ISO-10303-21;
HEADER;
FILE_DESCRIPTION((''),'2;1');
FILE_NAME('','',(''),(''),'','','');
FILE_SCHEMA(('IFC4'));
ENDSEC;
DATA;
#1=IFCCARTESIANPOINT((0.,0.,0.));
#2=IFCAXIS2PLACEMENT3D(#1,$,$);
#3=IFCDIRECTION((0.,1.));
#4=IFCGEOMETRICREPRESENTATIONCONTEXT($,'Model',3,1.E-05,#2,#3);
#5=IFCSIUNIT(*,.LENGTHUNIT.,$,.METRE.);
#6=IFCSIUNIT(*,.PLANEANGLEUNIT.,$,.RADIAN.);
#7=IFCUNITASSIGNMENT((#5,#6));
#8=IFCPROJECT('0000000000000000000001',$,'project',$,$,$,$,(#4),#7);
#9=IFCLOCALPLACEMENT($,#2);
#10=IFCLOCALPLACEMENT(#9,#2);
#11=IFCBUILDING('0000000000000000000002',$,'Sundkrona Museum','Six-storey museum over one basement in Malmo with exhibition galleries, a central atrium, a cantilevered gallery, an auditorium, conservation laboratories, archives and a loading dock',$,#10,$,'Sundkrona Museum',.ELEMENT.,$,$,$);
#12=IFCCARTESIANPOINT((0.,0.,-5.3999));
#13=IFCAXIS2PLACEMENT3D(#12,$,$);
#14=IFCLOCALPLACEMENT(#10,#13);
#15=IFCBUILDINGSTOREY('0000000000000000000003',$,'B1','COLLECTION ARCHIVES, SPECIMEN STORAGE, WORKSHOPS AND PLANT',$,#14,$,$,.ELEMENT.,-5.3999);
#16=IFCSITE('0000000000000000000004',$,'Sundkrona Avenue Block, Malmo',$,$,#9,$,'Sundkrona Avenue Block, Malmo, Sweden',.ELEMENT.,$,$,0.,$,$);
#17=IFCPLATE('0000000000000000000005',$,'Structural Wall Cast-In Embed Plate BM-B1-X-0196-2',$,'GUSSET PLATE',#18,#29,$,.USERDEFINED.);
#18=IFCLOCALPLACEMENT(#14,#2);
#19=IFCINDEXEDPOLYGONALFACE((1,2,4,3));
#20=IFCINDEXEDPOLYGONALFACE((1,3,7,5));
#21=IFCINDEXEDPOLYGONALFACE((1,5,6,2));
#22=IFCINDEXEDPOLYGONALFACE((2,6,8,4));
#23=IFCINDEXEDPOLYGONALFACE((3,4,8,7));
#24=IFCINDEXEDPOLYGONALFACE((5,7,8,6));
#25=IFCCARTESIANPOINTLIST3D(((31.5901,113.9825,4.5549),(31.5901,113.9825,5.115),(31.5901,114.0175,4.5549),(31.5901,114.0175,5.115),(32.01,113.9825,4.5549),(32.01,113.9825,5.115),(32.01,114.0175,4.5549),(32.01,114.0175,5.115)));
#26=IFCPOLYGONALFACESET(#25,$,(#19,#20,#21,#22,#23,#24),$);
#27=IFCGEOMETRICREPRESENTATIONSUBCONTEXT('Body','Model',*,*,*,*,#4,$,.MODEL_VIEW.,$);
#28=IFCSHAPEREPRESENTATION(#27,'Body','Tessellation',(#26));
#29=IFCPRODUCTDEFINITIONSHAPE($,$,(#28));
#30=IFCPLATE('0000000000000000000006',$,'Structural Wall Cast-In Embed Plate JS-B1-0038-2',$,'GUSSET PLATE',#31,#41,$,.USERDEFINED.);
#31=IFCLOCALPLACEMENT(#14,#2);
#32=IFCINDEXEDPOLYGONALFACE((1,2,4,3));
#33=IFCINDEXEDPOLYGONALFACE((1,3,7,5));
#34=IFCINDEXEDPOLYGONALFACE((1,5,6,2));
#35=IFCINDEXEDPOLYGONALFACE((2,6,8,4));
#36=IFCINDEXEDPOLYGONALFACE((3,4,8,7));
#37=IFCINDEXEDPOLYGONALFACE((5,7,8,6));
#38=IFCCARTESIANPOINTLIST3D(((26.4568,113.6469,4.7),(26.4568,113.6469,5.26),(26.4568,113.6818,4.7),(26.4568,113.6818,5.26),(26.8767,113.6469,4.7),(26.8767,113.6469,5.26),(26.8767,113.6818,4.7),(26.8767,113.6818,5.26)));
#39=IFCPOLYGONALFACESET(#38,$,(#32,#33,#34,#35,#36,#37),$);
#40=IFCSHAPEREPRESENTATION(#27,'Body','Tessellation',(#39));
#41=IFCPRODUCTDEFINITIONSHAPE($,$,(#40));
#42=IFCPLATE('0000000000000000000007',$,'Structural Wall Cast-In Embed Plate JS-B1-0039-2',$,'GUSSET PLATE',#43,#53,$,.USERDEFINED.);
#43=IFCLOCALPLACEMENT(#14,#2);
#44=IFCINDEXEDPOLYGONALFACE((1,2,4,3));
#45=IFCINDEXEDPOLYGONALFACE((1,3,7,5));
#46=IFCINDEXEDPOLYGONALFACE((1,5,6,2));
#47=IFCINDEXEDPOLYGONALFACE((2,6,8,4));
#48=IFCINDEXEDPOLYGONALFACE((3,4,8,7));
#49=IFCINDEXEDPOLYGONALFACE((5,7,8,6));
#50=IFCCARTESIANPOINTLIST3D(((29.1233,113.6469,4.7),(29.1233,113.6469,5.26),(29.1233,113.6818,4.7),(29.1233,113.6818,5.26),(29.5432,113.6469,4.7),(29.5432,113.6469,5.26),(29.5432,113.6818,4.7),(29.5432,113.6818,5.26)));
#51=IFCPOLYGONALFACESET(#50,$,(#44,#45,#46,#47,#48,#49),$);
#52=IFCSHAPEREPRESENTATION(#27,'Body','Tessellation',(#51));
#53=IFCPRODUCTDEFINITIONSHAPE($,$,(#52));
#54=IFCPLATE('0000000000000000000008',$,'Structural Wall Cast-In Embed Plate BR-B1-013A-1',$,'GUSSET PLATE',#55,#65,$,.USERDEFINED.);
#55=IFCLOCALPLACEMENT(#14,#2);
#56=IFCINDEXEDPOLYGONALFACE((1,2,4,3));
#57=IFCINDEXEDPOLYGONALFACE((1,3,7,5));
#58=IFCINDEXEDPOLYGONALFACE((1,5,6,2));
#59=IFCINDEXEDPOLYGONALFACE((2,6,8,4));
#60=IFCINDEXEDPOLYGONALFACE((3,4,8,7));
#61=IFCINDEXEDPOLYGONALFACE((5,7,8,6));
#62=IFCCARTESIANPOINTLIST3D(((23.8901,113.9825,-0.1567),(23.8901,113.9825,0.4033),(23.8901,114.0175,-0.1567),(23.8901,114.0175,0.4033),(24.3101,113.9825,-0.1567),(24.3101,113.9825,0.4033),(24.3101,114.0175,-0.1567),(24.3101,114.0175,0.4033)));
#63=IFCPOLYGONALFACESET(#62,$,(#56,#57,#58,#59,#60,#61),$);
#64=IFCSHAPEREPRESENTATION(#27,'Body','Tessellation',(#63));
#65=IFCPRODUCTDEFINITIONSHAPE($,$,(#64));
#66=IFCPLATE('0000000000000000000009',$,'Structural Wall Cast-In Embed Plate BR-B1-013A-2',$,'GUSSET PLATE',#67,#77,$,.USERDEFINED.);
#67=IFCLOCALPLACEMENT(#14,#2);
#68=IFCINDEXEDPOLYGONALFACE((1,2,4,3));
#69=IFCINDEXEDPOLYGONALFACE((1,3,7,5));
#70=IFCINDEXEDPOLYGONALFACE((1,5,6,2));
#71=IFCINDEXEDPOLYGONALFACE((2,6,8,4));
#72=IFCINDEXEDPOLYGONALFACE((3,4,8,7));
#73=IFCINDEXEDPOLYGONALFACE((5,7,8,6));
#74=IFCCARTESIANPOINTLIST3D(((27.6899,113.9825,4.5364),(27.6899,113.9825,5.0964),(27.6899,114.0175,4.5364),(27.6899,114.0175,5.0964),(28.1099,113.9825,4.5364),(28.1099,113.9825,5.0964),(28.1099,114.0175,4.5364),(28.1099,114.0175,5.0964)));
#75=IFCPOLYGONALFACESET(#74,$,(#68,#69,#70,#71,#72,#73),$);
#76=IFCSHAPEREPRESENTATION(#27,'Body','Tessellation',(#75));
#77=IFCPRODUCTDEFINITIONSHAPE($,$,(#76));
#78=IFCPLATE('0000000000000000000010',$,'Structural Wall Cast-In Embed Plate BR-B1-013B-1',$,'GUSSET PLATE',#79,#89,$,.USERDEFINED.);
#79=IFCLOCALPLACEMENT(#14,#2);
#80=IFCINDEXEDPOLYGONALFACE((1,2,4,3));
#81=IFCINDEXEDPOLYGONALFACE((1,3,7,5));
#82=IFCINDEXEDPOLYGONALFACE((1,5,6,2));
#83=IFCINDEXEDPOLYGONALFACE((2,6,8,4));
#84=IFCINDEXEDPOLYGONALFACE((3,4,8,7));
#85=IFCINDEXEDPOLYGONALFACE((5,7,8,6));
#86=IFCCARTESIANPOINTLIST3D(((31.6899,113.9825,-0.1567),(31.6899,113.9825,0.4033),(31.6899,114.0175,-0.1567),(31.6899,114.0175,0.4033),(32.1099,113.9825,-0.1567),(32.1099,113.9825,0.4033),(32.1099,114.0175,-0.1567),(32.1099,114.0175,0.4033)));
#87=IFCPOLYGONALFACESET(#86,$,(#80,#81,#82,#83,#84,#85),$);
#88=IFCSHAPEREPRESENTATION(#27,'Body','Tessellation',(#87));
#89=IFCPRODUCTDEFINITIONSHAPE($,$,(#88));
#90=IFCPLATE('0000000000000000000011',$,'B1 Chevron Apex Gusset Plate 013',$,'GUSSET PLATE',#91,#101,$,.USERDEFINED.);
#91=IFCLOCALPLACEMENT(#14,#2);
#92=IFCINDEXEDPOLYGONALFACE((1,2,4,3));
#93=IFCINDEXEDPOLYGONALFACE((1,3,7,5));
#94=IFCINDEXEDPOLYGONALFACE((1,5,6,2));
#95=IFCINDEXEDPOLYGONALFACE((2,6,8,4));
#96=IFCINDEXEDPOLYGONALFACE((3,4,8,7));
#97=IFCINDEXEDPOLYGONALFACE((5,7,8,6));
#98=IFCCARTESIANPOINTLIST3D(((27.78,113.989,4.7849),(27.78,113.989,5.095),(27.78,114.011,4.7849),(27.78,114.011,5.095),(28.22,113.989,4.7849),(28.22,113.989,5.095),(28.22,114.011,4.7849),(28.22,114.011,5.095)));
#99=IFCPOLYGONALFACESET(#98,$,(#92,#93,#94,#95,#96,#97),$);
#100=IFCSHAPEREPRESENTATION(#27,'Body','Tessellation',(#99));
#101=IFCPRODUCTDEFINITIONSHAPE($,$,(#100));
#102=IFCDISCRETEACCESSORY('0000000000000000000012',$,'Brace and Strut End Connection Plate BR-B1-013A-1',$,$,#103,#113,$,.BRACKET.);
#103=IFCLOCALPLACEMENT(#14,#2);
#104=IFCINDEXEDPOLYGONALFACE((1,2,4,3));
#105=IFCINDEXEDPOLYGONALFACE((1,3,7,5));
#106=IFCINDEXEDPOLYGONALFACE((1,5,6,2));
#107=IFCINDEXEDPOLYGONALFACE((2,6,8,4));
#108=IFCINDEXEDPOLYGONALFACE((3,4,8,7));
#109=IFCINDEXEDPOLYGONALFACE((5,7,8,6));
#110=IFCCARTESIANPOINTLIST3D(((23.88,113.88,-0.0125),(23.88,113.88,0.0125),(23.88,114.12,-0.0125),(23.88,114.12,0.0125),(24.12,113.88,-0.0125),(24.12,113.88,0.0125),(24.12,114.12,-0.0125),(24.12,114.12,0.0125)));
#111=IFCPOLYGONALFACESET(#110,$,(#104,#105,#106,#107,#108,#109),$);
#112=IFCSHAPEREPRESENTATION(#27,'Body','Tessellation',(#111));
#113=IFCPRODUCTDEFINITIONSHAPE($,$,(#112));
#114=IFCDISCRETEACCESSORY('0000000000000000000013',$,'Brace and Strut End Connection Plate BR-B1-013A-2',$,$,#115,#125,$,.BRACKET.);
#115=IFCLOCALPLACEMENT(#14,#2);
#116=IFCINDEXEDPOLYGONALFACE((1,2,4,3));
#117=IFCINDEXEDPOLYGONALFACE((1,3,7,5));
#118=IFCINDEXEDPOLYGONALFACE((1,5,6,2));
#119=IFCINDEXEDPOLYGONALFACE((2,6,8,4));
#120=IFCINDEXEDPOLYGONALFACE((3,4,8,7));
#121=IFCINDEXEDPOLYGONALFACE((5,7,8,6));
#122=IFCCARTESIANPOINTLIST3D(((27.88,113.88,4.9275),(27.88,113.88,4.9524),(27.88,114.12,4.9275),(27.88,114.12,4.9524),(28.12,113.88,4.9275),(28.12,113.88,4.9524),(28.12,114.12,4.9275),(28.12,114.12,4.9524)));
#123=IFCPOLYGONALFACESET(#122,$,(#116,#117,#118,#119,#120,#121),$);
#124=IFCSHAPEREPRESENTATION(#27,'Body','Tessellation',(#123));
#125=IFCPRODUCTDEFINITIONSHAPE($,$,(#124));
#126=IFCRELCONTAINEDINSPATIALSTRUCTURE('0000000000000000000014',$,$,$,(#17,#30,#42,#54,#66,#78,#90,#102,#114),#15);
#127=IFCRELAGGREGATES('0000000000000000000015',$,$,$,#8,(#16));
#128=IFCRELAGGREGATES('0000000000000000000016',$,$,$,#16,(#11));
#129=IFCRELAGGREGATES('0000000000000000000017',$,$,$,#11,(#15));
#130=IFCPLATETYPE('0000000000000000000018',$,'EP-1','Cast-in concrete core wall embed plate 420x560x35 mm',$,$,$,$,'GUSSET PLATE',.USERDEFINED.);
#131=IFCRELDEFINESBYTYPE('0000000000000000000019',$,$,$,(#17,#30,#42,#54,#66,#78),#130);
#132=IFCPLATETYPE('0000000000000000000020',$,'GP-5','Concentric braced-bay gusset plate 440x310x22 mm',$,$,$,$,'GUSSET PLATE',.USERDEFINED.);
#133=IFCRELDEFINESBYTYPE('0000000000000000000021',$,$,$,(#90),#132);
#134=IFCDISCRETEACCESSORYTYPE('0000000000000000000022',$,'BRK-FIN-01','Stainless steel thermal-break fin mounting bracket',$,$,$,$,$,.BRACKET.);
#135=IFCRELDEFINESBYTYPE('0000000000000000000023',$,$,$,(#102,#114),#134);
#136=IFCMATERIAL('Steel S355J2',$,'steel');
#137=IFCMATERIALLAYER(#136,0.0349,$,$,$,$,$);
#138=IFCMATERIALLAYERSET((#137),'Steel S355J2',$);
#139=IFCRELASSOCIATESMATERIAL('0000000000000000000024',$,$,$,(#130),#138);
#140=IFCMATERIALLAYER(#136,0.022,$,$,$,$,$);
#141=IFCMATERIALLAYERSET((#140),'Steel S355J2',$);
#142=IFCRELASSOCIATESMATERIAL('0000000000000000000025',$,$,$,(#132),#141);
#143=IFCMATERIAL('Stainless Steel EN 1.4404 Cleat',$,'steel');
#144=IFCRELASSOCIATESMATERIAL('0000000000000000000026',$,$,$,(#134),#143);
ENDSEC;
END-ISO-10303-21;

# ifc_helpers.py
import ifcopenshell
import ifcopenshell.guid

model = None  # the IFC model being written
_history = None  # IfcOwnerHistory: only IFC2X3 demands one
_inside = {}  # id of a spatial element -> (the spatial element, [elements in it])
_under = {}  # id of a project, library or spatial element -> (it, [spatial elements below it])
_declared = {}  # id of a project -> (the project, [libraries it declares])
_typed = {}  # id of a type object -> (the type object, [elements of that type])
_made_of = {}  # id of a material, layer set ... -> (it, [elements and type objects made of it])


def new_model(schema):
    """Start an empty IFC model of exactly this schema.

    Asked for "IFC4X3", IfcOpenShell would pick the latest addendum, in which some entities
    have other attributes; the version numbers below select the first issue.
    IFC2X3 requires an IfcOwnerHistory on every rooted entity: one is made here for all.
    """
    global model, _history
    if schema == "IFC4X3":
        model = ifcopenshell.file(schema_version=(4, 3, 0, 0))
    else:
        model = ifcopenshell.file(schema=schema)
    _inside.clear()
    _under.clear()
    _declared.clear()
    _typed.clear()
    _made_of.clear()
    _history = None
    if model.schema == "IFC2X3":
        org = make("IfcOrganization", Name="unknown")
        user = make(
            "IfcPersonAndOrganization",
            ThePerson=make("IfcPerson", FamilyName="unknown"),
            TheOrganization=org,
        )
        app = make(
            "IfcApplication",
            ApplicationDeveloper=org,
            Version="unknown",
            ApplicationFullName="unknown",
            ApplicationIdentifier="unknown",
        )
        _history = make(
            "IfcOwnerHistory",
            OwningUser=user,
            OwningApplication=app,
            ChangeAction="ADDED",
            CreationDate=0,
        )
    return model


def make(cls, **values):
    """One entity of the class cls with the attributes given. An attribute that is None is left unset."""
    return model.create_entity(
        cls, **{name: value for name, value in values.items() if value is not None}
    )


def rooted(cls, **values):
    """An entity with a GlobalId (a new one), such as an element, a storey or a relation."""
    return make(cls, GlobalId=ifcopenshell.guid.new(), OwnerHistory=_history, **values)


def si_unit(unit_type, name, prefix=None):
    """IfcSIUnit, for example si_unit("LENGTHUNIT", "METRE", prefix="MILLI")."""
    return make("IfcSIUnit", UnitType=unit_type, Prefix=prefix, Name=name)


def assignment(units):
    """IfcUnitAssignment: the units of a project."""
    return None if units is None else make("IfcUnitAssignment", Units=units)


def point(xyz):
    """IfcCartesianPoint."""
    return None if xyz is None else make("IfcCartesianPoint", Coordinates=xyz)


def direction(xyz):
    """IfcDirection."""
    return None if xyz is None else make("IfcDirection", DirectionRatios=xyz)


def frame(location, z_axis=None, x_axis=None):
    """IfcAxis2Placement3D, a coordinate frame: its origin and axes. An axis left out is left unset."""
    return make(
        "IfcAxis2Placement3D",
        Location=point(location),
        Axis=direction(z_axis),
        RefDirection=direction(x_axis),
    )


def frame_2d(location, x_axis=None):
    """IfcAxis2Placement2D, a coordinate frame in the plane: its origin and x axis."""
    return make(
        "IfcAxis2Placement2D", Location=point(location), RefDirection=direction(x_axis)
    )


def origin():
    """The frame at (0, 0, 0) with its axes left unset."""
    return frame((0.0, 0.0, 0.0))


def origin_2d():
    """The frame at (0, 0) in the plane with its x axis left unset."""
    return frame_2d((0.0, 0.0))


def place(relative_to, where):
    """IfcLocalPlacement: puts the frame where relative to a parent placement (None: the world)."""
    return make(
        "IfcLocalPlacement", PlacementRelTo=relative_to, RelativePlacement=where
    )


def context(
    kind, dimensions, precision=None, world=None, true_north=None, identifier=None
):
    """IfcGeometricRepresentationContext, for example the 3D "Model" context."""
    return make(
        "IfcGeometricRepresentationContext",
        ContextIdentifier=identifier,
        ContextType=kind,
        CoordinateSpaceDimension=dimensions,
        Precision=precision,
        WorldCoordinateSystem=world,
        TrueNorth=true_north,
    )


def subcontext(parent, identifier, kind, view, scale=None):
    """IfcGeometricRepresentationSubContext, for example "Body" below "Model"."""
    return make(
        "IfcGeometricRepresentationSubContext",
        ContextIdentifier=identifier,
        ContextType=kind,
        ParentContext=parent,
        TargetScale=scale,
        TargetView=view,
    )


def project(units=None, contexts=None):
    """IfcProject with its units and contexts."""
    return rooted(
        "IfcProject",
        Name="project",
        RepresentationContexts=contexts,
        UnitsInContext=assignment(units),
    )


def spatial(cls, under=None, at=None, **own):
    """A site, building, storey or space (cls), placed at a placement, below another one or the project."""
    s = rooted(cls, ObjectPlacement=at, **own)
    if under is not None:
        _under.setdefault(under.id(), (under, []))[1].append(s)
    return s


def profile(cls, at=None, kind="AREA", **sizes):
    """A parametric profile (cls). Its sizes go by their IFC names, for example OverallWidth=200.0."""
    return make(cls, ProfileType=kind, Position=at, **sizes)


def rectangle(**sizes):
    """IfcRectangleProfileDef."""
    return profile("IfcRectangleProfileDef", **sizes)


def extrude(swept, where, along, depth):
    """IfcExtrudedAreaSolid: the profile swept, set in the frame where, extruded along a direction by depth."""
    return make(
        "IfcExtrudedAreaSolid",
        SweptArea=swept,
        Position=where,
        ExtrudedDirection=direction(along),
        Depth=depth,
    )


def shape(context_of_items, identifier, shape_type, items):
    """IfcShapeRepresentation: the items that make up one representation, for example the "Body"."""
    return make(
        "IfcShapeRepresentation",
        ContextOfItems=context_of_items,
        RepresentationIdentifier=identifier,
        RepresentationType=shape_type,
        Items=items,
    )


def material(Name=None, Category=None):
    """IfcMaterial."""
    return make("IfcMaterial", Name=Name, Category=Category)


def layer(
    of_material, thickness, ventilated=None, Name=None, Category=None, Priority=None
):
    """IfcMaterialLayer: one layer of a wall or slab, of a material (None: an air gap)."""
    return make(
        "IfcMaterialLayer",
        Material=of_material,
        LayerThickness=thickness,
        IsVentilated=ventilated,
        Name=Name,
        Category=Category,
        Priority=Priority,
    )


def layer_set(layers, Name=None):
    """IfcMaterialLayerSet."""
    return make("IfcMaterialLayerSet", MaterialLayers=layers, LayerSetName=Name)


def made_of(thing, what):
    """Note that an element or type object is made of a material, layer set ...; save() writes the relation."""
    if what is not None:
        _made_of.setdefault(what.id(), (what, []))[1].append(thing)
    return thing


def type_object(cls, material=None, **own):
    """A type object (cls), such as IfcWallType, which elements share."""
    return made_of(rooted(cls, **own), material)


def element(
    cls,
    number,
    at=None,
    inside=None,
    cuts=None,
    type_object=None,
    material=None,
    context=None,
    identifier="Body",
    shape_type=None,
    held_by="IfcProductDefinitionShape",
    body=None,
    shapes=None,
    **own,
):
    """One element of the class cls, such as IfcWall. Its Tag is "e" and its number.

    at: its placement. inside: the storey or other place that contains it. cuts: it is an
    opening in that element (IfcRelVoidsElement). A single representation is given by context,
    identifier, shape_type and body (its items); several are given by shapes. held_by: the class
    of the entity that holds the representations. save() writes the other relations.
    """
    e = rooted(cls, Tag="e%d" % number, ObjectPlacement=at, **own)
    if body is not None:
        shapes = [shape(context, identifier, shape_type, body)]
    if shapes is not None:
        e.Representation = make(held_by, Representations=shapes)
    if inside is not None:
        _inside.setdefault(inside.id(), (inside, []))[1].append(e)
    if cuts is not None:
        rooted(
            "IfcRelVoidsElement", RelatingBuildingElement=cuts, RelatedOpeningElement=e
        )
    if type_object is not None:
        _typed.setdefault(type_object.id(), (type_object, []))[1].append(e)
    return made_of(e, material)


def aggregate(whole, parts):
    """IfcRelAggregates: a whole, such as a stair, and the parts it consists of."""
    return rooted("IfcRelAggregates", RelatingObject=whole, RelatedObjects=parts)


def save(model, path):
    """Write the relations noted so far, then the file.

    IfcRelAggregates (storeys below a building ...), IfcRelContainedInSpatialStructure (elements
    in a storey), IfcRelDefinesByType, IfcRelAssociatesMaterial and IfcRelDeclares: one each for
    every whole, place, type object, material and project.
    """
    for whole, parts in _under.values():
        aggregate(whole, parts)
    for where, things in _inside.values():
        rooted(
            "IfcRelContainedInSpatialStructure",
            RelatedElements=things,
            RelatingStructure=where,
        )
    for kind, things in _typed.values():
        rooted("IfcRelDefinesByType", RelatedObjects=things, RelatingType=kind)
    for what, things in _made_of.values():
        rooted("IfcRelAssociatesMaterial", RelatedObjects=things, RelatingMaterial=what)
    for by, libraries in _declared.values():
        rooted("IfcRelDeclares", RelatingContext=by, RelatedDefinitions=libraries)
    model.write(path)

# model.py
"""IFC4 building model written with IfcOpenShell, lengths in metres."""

from ifc_helpers import new_model, si_unit, direction, frame, origin, origin_2d, place, context, subcontext, project, spatial, rectangle, extrude, material, layer, layer_set, type_object, element, save


model = new_model("IFC4")

# Units and contexts
model_context = context("Model", 3, precision=1e-05, world=origin(), true_north=direction((0.0, 1.0)))
body_context = subcontext(model_context, "Body", "Model", "MODEL_VIEW")
ifc_project = project(units=[si_unit("LENGTHUNIT", "METRE"), si_unit("PLANEANGLEUNIT", "RADIAN")], contexts=[model_context])

# Site, building, storey
site_placement = place(None, origin())
site = spatial("IfcSite", under=ifc_project, at=site_placement, Name="Sundkrona Avenue Block, Malmo", LongName="Sundkrona Avenue Block, Malmo, Sweden", CompositionType="ELEMENT", RefElevation=0.0)
building_placement = place(site_placement, origin())
building = spatial("IfcBuilding", under=site, at=building_placement, Name="Sundkrona Museum", Description="Six-storey museum over one basement in Malmo with exhibition galleries, a central atrium, a cantilevered gallery, an auditorium, conservation laboratories, archives and a loading dock", LongName="Sundkrona Museum", CompositionType="ELEMENT")
storey_placement = place(building_placement, frame((0.0, 0.0, -5.3999)))
storey = spatial("IfcBuildingStorey", under=building, at=storey_placement, Name="B1", Description="COLLECTION ARCHIVES, SPECIMEN STORAGE, WORKSHOPS AND PLANT", CompositionType="ELEMENT", Elevation=-5.3999)

# Shared definitions
ifc_material_1 = material(Name="Steel S355J2", Category="steel")

# Plates
ifc_layer_1 = layer(ifc_material_1, 0.0349)
ifc_layer_set_1 = layer_set([ifc_layer_1], Name="Steel S355J2")
plate_type_1 = type_object("IfcPlateType", Name="EP-1", Description="Cast-in concrete core wall embed plate 420x560x35 mm", ElementType="GUSSET PLATE", PredefinedType="USERDEFINED", material=ifc_layer_set_1)
for number, where, z_axis, x_axis, name in (
    (1, (31.8, 114.0, 4.5549), (0.0, 0.0, 1.0), (1.0, 0.0, 0.0), "Structural Wall Cast-In Embed Plate BM-B1-X-0196-2"),
    (2, (26.6667, 113.6643, 4.7), (0.0, 0.0, 1.0), (1.0, 0.0, 0.0), "Structural Wall Cast-In Embed Plate JS-B1-0038-2"),
    (3, (29.3333, 113.6643, 4.7), (0.0, 0.0, 1.0), (1.0, 0.0, 0.0), "Structural Wall Cast-In Embed Plate JS-B1-0039-2"),
    (4, (24.1001, 114.0, -0.1567), (0.0, 0.0, 1.0), (1.0, 0.0, 0.0), "Structural Wall Cast-In Embed Plate BR-B1-013A-1"),
    (5, (27.8999, 114.0, 4.5364), (0.0, 0.0, 1.0), (1.0, 0.0, 0.0), "Structural Wall Cast-In Embed Plate BR-B1-013A-2"),
    (6, (31.8999, 114.0, -0.1567), (0.0, 0.0, 1.0), (1.0, 0.0, 0.0), "Structural Wall Cast-In Embed Plate BR-B1-013B-1"),
):
    element("IfcPlate", number, at=place(storey_placement, frame(where, z_axis=z_axis, x_axis=x_axis)), inside=storey, type_object=plate_type_1, Name=name, ObjectType="GUSSET PLATE", PredefinedType="USERDEFINED", context=body_context, shape_type="SweptSolid", body=[
        extrude(rectangle(XDim=0.4199, YDim=0.0349, at=origin_2d()), origin(), (0.0, 0.0, 1.0), 0.5601),
    ])
ifc_layer_2 = layer(ifc_material_1, 0.022)
ifc_layer_set_2 = layer_set([ifc_layer_2], Name="Steel S355J2")
plate_type_2 = type_object("IfcPlateType", Name="GP-5", Description="Concentric braced-bay gusset plate 440x310x22 mm", ElementType="GUSSET PLATE", PredefinedType="USERDEFINED", material=ifc_layer_set_2)
plate_placement = place(storey_placement, frame((28.0, 114.0, 4.7849), z_axis=(0.0, 0.0, 1.0), x_axis=(1.0, 0.0, 0.0)))
element("IfcPlate", 7, at=plate_placement, inside=storey, type_object=plate_type_2, Name="B1 Chevron Apex Gusset Plate 013", ObjectType="GUSSET PLATE", PredefinedType="USERDEFINED", context=body_context, shape_type="SweptSolid", body=[
    extrude(rectangle(XDim=0.4399, YDim=0.022, at=origin_2d()), origin(), (0.0, 0.0, 1.0), 0.3101),
])

# Discrete accessories
ifc_material_2 = material(Name="Stainless Steel EN 1.4404 Cleat", Category="steel")
discrete_accessory_type = type_object("IfcDiscreteAccessoryType", Name="BRK-FIN-01", Description="Stainless steel thermal-break fin mounting bracket", PredefinedType="BRACKET", material=ifc_material_2)
for number, where, z_axis, x_axis, name in (
    (8, (24.0, 114.0, -0.0125), (0.0, 0.0, 1.0), (1.0, 0.0, 0.0), "Brace and Strut End Connection Plate BR-B1-013A-1"),
    (9, (28.0, 114.0, 4.9275), (0.0, 0.0, 1.0), (1.0, 0.0, 0.0), "Brace and Strut End Connection Plate BR-B1-013A-2"),
):
    element("IfcDiscreteAccessory", number, at=place(storey_placement, frame(where, z_axis=z_axis, x_axis=x_axis)), inside=storey, type_object=discrete_accessory_type, Name=name, PredefinedType="BRACKET", context=body_context, shape_type="SweptSolid", body=[
        extrude(rectangle(XDim=0.24, YDim=0.24, at=origin_2d()), origin(), (0.0, 0.0, 1.0), 0.0249),
    ])

save(model, "model.ifc")
